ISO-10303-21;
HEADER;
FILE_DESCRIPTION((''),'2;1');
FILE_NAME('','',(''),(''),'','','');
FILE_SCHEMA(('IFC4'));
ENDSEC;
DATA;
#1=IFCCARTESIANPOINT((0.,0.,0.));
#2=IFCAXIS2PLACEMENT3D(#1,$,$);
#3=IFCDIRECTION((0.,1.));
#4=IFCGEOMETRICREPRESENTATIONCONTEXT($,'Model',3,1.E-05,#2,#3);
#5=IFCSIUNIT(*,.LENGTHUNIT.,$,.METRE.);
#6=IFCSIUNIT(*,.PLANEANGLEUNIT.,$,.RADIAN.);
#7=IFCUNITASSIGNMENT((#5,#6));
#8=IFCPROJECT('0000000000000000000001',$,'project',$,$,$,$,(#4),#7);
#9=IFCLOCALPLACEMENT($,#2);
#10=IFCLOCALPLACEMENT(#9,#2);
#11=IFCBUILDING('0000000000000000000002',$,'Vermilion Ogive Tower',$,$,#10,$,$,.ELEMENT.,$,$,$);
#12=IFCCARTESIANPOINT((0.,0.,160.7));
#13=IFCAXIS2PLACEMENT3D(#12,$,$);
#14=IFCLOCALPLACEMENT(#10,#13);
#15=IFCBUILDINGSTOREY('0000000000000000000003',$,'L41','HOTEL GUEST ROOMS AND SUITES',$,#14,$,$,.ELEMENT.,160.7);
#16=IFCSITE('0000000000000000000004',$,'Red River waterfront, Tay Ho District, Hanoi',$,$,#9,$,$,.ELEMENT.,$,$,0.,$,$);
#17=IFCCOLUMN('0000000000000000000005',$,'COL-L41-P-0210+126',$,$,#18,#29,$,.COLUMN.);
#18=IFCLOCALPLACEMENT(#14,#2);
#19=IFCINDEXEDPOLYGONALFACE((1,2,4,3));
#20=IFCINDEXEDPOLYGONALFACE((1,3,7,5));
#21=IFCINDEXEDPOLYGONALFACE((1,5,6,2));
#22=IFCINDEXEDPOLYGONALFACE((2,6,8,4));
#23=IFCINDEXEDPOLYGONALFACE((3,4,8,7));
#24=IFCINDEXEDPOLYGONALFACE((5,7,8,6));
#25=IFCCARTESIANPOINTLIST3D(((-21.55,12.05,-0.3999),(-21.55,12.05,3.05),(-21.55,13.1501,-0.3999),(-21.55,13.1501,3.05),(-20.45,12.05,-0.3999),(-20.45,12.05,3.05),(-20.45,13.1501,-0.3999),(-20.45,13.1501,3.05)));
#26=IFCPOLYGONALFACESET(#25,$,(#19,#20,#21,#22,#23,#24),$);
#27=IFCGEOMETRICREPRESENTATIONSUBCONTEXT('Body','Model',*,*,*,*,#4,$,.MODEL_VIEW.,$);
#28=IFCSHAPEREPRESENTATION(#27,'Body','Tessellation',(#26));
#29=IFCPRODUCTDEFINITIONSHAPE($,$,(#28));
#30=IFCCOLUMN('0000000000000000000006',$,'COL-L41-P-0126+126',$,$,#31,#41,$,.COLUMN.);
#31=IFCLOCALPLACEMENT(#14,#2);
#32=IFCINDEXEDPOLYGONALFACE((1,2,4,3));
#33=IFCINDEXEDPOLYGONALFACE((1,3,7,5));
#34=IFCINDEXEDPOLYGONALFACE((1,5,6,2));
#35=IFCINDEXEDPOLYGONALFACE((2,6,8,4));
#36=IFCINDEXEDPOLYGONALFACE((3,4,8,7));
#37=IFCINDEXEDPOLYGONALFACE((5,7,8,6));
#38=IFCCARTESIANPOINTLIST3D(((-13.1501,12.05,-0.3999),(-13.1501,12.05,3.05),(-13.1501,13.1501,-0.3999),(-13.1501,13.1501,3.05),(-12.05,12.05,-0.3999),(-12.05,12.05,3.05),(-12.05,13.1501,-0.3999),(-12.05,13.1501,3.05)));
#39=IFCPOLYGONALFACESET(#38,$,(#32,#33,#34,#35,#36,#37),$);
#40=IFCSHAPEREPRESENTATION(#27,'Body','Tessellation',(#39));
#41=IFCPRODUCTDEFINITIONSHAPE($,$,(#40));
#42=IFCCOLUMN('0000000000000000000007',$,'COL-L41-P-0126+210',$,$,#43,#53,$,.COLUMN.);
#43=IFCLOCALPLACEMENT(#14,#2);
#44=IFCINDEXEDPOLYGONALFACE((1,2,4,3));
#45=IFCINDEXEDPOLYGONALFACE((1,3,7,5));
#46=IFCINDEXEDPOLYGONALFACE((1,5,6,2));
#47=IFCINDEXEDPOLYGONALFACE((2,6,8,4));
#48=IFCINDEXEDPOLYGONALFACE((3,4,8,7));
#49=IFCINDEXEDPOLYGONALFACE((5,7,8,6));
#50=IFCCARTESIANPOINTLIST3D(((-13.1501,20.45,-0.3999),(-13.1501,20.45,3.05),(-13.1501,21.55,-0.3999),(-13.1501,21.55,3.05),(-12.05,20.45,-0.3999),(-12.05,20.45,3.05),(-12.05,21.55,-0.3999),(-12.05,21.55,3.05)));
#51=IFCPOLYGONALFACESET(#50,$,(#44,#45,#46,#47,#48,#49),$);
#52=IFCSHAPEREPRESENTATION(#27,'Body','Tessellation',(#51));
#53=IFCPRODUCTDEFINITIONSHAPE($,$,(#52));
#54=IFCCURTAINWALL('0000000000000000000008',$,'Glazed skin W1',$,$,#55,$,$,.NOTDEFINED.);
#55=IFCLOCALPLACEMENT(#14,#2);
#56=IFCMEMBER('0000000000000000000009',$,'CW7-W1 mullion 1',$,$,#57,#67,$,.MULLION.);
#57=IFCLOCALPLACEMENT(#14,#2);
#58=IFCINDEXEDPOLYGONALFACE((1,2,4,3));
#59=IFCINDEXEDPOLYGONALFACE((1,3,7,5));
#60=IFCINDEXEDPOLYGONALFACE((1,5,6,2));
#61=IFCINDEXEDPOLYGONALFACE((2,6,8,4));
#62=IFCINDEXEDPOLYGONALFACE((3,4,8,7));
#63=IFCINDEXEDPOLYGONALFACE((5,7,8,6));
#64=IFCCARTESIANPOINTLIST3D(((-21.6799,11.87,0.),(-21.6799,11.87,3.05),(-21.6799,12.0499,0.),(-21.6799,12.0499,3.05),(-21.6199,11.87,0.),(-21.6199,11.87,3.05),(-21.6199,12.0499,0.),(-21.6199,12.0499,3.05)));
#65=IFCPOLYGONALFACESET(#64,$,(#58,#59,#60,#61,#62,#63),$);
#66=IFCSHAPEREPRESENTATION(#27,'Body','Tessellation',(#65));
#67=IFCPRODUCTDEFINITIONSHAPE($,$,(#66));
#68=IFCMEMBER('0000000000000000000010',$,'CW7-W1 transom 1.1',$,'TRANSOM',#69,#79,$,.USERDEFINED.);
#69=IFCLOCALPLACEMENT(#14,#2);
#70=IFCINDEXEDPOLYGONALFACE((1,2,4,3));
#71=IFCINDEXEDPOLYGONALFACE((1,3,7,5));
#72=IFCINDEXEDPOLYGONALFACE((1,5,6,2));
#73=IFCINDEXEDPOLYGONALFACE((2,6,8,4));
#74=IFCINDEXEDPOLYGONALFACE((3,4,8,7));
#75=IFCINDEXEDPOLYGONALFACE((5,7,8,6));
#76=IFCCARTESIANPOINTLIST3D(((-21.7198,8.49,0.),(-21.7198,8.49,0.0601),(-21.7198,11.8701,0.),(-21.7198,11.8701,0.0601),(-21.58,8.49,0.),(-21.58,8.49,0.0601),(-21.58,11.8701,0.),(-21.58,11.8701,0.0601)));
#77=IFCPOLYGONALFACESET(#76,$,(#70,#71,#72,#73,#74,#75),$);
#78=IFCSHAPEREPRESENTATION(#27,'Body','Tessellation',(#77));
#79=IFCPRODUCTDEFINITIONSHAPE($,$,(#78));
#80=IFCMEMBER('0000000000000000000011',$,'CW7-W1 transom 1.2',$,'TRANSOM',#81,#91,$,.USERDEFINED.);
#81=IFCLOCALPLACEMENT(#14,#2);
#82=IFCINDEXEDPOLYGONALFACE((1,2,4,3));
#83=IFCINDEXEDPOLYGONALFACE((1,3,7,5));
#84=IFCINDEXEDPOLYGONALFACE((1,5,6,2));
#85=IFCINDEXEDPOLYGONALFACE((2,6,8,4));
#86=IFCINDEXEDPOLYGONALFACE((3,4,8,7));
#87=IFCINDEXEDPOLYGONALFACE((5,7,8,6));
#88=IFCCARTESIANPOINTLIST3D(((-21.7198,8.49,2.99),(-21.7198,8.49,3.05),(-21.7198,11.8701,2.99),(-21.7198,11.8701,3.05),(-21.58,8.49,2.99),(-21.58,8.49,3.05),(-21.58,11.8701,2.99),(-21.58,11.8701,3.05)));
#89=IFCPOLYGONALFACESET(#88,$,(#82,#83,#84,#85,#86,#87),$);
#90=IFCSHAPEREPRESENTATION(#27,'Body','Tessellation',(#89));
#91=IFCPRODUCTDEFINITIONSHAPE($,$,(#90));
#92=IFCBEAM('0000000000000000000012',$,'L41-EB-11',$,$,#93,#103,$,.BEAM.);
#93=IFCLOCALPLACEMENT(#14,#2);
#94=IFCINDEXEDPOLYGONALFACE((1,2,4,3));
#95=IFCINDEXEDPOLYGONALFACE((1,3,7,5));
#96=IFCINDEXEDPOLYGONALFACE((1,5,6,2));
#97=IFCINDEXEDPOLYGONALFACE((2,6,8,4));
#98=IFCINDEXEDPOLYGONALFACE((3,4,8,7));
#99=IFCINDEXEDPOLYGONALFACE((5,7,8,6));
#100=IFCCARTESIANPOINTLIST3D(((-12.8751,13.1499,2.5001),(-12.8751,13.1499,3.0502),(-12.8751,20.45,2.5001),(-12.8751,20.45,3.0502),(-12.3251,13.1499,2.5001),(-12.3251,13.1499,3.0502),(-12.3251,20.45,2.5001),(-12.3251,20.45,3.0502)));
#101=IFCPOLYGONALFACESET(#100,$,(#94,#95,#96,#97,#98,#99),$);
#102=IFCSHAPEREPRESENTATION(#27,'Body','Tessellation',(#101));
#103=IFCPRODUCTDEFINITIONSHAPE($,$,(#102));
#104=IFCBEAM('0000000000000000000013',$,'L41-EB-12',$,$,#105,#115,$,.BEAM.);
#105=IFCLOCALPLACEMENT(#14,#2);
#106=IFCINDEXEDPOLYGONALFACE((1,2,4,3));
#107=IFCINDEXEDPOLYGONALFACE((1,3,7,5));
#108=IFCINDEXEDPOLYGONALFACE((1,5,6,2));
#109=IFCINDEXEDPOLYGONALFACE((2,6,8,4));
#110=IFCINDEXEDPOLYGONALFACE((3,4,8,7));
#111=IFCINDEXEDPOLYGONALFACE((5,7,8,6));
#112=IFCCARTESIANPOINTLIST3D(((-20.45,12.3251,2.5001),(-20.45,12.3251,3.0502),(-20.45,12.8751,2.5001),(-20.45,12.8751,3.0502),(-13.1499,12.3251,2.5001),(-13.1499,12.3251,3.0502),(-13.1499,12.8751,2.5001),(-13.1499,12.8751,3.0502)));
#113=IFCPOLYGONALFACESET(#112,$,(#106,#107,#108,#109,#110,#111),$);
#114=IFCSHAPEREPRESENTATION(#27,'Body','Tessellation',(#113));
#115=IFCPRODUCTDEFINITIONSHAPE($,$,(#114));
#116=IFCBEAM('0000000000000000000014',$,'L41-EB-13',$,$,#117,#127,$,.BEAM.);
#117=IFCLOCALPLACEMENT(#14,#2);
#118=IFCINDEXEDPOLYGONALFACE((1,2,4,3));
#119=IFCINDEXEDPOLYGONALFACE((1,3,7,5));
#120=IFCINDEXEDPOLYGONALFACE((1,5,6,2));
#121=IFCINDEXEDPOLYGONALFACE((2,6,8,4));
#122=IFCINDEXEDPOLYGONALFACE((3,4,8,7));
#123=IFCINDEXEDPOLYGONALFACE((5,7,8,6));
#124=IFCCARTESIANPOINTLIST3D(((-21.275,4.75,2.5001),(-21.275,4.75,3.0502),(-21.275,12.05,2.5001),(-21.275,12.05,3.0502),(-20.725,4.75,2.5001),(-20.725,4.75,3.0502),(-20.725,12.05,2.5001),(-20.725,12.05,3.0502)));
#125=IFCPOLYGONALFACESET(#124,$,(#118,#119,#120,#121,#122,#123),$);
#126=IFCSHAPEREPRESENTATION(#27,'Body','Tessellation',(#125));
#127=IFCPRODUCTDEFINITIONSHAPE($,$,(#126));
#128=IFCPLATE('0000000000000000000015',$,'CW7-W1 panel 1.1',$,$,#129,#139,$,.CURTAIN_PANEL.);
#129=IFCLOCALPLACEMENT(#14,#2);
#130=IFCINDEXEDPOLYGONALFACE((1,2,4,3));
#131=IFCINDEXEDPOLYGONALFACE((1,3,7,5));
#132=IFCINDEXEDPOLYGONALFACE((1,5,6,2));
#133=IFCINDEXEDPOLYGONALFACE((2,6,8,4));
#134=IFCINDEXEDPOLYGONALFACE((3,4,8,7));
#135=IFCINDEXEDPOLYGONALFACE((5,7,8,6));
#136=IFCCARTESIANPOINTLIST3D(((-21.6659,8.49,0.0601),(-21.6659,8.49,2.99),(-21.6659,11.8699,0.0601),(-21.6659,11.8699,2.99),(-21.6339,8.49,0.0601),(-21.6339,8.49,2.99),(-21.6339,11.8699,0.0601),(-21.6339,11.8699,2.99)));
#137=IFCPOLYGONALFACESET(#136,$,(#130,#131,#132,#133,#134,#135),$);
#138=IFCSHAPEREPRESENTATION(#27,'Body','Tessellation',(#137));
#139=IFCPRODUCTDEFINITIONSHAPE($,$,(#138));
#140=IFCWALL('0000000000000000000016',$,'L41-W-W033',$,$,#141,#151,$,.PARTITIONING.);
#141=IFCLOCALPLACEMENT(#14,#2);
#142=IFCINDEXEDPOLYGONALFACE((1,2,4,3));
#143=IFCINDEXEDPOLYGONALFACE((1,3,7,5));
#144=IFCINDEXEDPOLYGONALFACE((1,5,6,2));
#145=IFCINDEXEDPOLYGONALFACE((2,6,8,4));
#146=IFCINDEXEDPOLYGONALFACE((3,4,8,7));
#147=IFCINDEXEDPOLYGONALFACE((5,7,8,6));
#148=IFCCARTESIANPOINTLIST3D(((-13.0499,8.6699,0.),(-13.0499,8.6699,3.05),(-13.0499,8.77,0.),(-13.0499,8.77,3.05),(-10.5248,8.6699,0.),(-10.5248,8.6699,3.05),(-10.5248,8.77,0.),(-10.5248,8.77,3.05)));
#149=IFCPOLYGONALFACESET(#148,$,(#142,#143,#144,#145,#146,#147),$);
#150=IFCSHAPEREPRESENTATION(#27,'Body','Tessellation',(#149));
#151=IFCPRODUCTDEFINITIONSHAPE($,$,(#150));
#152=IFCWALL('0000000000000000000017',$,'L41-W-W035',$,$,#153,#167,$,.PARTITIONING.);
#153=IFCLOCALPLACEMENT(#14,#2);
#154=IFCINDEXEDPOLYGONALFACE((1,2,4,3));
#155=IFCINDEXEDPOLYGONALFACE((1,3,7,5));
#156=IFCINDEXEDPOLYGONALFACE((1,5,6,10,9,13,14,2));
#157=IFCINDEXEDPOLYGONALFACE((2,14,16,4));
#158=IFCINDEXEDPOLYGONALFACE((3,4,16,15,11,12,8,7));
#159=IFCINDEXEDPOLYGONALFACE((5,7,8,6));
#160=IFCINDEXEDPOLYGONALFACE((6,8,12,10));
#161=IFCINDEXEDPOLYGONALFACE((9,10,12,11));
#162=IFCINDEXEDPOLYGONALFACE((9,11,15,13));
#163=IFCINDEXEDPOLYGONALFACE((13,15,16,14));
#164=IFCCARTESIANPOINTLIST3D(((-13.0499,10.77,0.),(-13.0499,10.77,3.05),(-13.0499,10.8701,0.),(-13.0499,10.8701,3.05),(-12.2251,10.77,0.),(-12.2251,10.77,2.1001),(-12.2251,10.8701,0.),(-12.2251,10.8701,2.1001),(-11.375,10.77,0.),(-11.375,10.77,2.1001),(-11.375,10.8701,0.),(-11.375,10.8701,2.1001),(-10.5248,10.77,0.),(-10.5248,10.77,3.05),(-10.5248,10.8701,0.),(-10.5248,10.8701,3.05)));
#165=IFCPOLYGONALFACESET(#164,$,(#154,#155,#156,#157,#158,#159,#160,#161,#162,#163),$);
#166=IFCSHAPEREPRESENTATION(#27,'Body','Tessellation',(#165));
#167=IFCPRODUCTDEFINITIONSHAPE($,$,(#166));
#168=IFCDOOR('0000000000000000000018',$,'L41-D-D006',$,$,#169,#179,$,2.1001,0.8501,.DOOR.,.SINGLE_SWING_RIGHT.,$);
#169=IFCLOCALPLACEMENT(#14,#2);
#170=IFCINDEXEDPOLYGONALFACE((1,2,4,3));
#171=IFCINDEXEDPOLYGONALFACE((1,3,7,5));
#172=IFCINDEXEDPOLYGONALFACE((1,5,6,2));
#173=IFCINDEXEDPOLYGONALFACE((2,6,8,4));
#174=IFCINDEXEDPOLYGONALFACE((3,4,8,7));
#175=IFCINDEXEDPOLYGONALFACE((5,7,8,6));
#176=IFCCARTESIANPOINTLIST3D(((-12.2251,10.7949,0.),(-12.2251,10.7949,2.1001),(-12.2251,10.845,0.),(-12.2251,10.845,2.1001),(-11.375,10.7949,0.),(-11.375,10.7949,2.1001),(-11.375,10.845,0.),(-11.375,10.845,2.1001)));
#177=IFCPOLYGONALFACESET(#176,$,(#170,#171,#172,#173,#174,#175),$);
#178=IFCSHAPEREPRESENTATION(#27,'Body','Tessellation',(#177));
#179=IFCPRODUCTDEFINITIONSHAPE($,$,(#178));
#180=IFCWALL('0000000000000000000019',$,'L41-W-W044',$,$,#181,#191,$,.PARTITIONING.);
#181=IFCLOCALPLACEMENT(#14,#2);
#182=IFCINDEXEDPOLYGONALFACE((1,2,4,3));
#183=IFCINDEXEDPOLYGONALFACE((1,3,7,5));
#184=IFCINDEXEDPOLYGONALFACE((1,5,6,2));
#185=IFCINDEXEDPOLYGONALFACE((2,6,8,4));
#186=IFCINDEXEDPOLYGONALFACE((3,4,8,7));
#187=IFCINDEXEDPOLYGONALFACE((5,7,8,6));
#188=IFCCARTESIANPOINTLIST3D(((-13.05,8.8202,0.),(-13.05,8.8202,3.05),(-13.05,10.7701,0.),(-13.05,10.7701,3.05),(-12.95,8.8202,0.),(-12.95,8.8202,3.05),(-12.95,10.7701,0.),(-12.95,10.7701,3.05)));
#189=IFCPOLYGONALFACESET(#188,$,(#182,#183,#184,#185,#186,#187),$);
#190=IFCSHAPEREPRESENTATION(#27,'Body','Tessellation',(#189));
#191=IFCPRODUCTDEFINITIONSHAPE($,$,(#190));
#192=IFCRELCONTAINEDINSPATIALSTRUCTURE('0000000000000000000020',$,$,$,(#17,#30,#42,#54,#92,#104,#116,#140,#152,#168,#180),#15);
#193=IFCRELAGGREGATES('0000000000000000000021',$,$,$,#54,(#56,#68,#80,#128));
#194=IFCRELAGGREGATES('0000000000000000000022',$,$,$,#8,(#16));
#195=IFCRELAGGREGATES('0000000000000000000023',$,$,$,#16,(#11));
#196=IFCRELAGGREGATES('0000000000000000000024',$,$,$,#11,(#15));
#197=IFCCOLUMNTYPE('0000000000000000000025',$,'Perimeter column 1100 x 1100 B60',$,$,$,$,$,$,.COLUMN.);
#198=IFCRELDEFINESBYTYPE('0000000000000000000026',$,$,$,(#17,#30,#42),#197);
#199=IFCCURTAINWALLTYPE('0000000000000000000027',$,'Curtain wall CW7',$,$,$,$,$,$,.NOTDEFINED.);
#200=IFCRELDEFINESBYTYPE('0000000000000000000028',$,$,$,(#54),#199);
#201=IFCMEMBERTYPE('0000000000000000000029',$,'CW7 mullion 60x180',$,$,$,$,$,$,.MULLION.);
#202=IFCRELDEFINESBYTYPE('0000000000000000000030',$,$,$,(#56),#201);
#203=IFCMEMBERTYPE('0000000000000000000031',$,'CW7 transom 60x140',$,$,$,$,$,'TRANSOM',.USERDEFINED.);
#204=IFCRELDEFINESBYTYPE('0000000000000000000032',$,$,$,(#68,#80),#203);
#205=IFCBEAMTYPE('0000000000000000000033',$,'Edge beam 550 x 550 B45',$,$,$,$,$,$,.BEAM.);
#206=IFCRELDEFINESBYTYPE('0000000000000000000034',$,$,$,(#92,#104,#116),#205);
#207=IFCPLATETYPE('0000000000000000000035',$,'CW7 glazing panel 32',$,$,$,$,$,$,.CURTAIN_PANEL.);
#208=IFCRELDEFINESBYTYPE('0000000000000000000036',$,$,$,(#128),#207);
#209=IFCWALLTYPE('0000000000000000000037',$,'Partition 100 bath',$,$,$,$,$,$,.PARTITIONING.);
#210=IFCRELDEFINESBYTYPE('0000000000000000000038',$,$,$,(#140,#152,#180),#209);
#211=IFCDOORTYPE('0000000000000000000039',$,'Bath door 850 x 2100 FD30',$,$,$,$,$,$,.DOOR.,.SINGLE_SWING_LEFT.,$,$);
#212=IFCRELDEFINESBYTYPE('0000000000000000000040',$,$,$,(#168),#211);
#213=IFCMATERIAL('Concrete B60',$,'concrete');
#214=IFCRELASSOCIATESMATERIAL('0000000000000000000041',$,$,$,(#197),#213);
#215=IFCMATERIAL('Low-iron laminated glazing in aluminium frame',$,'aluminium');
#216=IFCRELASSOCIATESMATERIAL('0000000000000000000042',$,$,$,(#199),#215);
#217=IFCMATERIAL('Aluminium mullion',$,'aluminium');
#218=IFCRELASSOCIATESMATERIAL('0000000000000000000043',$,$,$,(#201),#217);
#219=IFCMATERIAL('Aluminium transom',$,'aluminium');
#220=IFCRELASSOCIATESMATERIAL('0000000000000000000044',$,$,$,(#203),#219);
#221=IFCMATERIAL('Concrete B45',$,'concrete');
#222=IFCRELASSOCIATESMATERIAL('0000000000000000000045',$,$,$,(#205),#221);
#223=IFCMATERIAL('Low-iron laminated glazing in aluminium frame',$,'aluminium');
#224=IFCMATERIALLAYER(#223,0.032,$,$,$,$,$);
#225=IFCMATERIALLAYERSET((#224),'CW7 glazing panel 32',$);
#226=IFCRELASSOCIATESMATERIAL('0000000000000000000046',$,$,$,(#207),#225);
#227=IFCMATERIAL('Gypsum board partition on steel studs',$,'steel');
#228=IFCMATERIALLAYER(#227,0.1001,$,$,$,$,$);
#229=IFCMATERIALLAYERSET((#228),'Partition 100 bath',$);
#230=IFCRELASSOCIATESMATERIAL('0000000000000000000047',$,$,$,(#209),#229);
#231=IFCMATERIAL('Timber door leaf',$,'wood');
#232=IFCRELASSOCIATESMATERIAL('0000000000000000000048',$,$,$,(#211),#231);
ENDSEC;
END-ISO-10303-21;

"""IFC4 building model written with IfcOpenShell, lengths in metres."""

from ifc_helpers import new_model, si_unit, direction, frame, frame_2d, origin, origin_2d, place, context, subcontext, project, spatial, rectangle, extrude, material, layer, layer_set, material_profile, profile_set, type_object, element, fill, aggregate, save


model = new_model("IFC4")

# Units and contexts
model_context = context("Model", 3, precision=1e-05, world=origin(), true_north=direction((0.0, 1.0)))
body_context = subcontext(model_context, "Body", "Model", "MODEL_VIEW")
ifc_project = project(units=[si_unit("LENGTHUNIT", "METRE"), si_unit("PLANEANGLEUNIT", "RADIAN")], contexts=[model_context])

# Site, building, storey
site_placement = place(None, origin())
site = spatial("IfcSite", under=ifc_project, at=site_placement, Name="Red River waterfront, Tay Ho District, Hanoi", CompositionType="ELEMENT", RefElevation=0.0)
building_placement = place(site_placement, origin())
building = spatial("IfcBuilding", under=site, at=building_placement, Name="Vermilion Ogive Tower", CompositionType="ELEMENT")
storey_placement = place(building_placement, frame((0.0, 0.0, 160.7)))
storey = spatial("IfcBuildingStorey", under=building, at=storey_placement, Name="L41", Description="HOTEL GUEST ROOMS AND SUITES", CompositionType="ELEMENT", Elevation=160.7)

# Columns
ifc_material_1 = material(Name="Concrete B60", Category="concrete")
ifc_material_profile_1 = material_profile(ifc_material_1, rectangle(XDim=1.1001, YDim=1.1001, at=origin_2d()), Name="1100 x 1100")
ifc_profile_set_1 = profile_set([ifc_material_profile_1], Name="Concrete B60")
column_type = type_object("IfcColumnType", Name="Perimeter column 1100 x 1100 B60", PredefinedType="COLUMN", material=ifc_profile_set_1)
for number, where, z_axis, x_axis, name in (
    (1, (-21.0, 12.6001, -0.3999), (0.0, 0.0, 1.0), (1.0, 0.0, 0.0), "COL-L41-P-0210+126"),
    (2, (-12.6001, 12.6001, -0.3999), (0.0, 0.0, 1.0), (1.0, 0.0, 0.0), "COL-L41-P-0126+126"),
    (3, (-12.6001, 21.0, -0.3999), (0.0, 0.0, 1.0), (1.0, 0.0, 0.0), "COL-L41-P-0126+210"),
):
    element("IfcColumn", number, at=place(storey_placement, frame(where, z_axis=z_axis, x_axis=x_axis)), inside=storey, type_object=column_type, Name=name, PredefinedType="COLUMN", context=body_context, shape_type="SweptSolid", body=[
        extrude(rectangle(XDim=1.1001, YDim=1.1001, at=origin_2d()), origin(), (0.0, 0.0, 1.0), 3.45),
    ])

# Curtain wall, members
ifc_material_2 = material(Name="Low-iron laminated glazing in aluminium frame", Category="aluminium")
curtain_wall_type = type_object("IfcCurtainWallType", Name="Curtain wall CW7", PredefinedType="NOTDEFINED", material=ifc_material_2)
curtain_wall_placement = place(storey_placement, origin())
curtain_wall = element("IfcCurtainWall", 4, at=curtain_wall_placement, inside=storey, type_object=curtain_wall_type, Name="Glazed skin W1", PredefinedType="NOTDEFINED")
ifc_material_3 = material(Name="Aluminium mullion", Category="aluminium")
ifc_material_profile_2 = material_profile(ifc_material_3, rectangle(XDim=0.0601, YDim=0.1799, at=origin_2d()), Name="AL 60x180")
ifc_profile_set_2 = profile_set([ifc_material_profile_2], Name="Aluminium mullion")
member_type_1 = type_object("IfcMemberType", Name="CW7 mullion 60x180", PredefinedType="MULLION", material=ifc_profile_set_2)
member_1_placement = place(storey_placement, frame((-21.6499, 11.96, 0.0), z_axis=(0.0, 0.0, 1.0), x_axis=(1.0, 0.0, 0.0)))
member_1 = element("IfcMember", 5, at=member_1_placement, type_object=member_type_1, Name="CW7-W1 mullion 1", PredefinedType="MULLION", context=body_context, shape_type="SweptSolid", body=[
    extrude(rectangle(XDim=0.0601, YDim=0.1799, at=origin_2d()), origin(), (0.0, 0.0, 1.0), 3.05),
])
ifc_material_4 = material(Name="Aluminium transom", Category="aluminium")
ifc_material_profile_3 = material_profile(ifc_material_4, rectangle(XDim=0.1399, YDim=0.0601, at=origin_2d()), Name="AL 60x140")
ifc_profile_set_3 = profile_set([ifc_material_profile_3], Name="Aluminium transom")
member_type_2 = type_object("IfcMemberType", Name="CW7 transom 60x140", ElementType="TRANSOM", PredefinedType="USERDEFINED", material=ifc_profile_set_3)
member_2_placement = place(storey_placement, frame((-21.6499, 11.8701, 0.03), z_axis=(0.0, -1.0, 0.0), x_axis=(1.0, 0.0, 0.0)))
member_2 = element("IfcMember", 6, at=member_2_placement, type_object=member_type_2, Name="CW7-W1 transom 1.1", ObjectType="TRANSOM", PredefinedType="USERDEFINED", context=body_context, shape_type="SweptSolid", body=[
    extrude(rectangle(XDim=0.1399, YDim=0.0601, at=origin_2d()), origin(), (0.0, 0.0, 1.0), 3.3801),
])
member_3_placement = place(storey_placement, frame((-21.6499, 11.8701, 3.02), z_axis=(0.0, -1.0, 0.0), x_axis=(1.0, 0.0, 0.0)))
member_3 = element("IfcMember", 7, at=member_3_placement, type_object=member_type_2, Name="CW7-W1 transom 1.2", ObjectType="TRANSOM", PredefinedType="USERDEFINED", context=body_context, shape_type="SweptSolid", body=[
    extrude(rectangle(XDim=0.1399, YDim=0.0601, at=origin_2d()), origin(), (0.0, 0.0, 1.0), 3.3801),
])

# Beams
ifc_material_5 = material(Name="Concrete B45", Category="concrete")
ifc_material_profile_4 = material_profile(ifc_material_5, rectangle(XDim=0.55, YDim=0.55, at=origin_2d()), Name="550 x 550")
ifc_profile_set_4 = profile_set([ifc_material_profile_4], Name="Concrete B45")
beam_type = type_object("IfcBeamType", Name="Edge beam 550 x 550 B45", PredefinedType="BEAM", material=ifc_profile_set_4)
for number, where, z_axis, x_axis, name in (
    (8, (-12.6001, 20.45, 2.7751), (0.0, -1.0, 0.0), (1.0, 0.0, 0.0), "L41-EB-11"),
    (9, (-13.1499, 12.6001, 2.7751), (-1.0, 0.0, 0.0), (0.0, -1.0, 0.0), "L41-EB-12"),
    (10, (-21.0, 12.05, 2.7751), (0.0, -1.0, 0.0), (1.0, 0.0, 0.0), "L41-EB-13"),
):
    element("IfcBeam", number, at=place(storey_placement, frame(where, z_axis=z_axis, x_axis=x_axis)), inside=storey, type_object=beam_type, Name=name, PredefinedType="BEAM", context=body_context, shape_type="SweptSolid", body=[
        extrude(rectangle(XDim=0.55, YDim=0.55, at=origin_2d()), origin(), (0.0, 0.0, 1.0), 7.3),
    ])

# Plate
ifc_material_6 = material(Name="Low-iron laminated glazing in aluminium frame", Category="aluminium")
ifc_layer_1 = layer(ifc_material_6, 0.032)
ifc_layer_set_1 = layer_set([ifc_layer_1], Name="CW7 glazing panel 32")
plate_type = type_object("IfcPlateType", Name="CW7 glazing panel 32", PredefinedType="CURTAIN_PANEL", material=ifc_layer_set_1)
plate_placement = place(storey_placement, frame((-21.6499, 10.1799, 0.0601), z_axis=(0.0, 0.0, 1.0), x_axis=(0.0, -1.0, 0.0)))
plate = element("IfcPlate", 11, at=plate_placement, type_object=plate_type, Name="CW7-W1 panel 1.1", PredefinedType="CURTAIN_PANEL", context=body_context, shape_type="SweptSolid", body=[
    extrude(rectangle(XDim=3.3799, YDim=0.032, at=origin_2d()), origin(), (0.0, 0.0, 1.0), 2.9299),
])
aggregate(curtain_wall, [member_1, member_2, member_3, plate])

# Wall
ifc_material_7 = material(Name="Gypsum board partition on steel studs", Category="steel")
ifc_layer_2 = layer(ifc_material_7, 0.1001)
ifc_layer_set_2 = layer_set([ifc_layer_2], Name="Partition 100 bath")
wall_type_1 = type_object("IfcWallType", Name="Partition 100 bath", PredefinedType="PARTITIONING", material=ifc_layer_set_2)
wall_1_placement = place(storey_placement, frame((-13.05, 8.72, 0.0), z_axis=(0.0, 0.0, 1.0), x_axis=(1.0, 0.0, 0.0)))
element("IfcWall", 12, at=wall_1_placement, inside=storey, type_object=wall_type_1, Name="L41-W-W033", PredefinedType="PARTITIONING", context=body_context, shape_type="SweptSolid", body=[
    extrude(rectangle(XDim=2.5251, YDim=0.1001, at=frame_2d((1.2627, 0.0))), origin(), (0.0, 0.0, 1.0), 3.05),
])

# Wall, opening, door
wall_2_placement = place(storey_placement, frame((-13.05, 10.8201, 0.0), z_axis=(0.0, 0.0, 1.0), x_axis=(1.0, 0.0, 0.0)))
wall_2 = element("IfcWall", 13, at=wall_2_placement, inside=storey, type_object=wall_type_1, Name="L41-W-W035", PredefinedType="PARTITIONING", context=body_context, shape_type="SweptSolid", body=[
    extrude(rectangle(XDim=2.5251, YDim=0.1001, at=frame_2d((1.2627, 0.0))), origin(), (0.0, 0.0, 1.0), 3.05),
])
opening_1_placement = place(wall_2_placement, frame((0.825, 0.0, 0.0)))
opening_1 = element("IfcOpeningElement", 14, at=opening_1_placement, cuts=wall_2, PredefinedType="OPENING", context=body_context, shape_type="SweptSolid", body=[
    extrude(rectangle(XDim=0.8501, YDim=2.1001, at=frame_2d((0.425, 1.05))), frame((0.0, 0.0601, 0.0), z_axis=(0.0, -1.0, 0.0), x_axis=(1.0, 0.0, 0.0)), (0.0, 0.0, 1.0), 0.1201),
])
ifc_material_8 = material(Name="Timber door leaf", Category="wood")
door_type = type_object("IfcDoorType", Name="Bath door 850 x 2100 FD30", OperationType="SINGLE_SWING_LEFT", PredefinedType="DOOR", material=ifc_material_8)
door_placement = place(opening_1_placement, origin())
door = element("IfcDoor", 15, at=door_placement, inside=storey, type_object=door_type, Name="L41-D-D006", OperationType="SINGLE_SWING_RIGHT", OverallHeight=2.1001, OverallWidth=0.8501, PredefinedType="DOOR", context=body_context, shape_type="SweptSolid", body=[
    extrude(rectangle(XDim=0.8501, YDim=2.1001, at=frame_2d((0.425, 1.05))), frame((0.0, 0.0249, 0.0), z_axis=(0.0, -1.0, 0.0), x_axis=(1.0, 0.0, 0.0)), (0.0, 0.0, 1.0), 0.05),
])
fill(opening_1, door)

# Wall
wall_3_placement = place(storey_placement, frame((-13.0, 8.8201, 0.0), z_axis=(0.0, 0.0, 1.0), x_axis=(0.0, 1.0, 0.0)))
element("IfcWall", 16, at=wall_3_placement, inside=storey, type_object=wall_type_1, Name="L41-W-W044", PredefinedType="PARTITIONING", context=body_context, shape_type="SweptSolid", body=[
    extrude(rectangle(XDim=1.95, YDim=0.1001, at=frame_2d((0.9751, 0.0))), origin(), (0.0, 0.0, 1.0), 3.05),
])

save(model, "model.ifc")
